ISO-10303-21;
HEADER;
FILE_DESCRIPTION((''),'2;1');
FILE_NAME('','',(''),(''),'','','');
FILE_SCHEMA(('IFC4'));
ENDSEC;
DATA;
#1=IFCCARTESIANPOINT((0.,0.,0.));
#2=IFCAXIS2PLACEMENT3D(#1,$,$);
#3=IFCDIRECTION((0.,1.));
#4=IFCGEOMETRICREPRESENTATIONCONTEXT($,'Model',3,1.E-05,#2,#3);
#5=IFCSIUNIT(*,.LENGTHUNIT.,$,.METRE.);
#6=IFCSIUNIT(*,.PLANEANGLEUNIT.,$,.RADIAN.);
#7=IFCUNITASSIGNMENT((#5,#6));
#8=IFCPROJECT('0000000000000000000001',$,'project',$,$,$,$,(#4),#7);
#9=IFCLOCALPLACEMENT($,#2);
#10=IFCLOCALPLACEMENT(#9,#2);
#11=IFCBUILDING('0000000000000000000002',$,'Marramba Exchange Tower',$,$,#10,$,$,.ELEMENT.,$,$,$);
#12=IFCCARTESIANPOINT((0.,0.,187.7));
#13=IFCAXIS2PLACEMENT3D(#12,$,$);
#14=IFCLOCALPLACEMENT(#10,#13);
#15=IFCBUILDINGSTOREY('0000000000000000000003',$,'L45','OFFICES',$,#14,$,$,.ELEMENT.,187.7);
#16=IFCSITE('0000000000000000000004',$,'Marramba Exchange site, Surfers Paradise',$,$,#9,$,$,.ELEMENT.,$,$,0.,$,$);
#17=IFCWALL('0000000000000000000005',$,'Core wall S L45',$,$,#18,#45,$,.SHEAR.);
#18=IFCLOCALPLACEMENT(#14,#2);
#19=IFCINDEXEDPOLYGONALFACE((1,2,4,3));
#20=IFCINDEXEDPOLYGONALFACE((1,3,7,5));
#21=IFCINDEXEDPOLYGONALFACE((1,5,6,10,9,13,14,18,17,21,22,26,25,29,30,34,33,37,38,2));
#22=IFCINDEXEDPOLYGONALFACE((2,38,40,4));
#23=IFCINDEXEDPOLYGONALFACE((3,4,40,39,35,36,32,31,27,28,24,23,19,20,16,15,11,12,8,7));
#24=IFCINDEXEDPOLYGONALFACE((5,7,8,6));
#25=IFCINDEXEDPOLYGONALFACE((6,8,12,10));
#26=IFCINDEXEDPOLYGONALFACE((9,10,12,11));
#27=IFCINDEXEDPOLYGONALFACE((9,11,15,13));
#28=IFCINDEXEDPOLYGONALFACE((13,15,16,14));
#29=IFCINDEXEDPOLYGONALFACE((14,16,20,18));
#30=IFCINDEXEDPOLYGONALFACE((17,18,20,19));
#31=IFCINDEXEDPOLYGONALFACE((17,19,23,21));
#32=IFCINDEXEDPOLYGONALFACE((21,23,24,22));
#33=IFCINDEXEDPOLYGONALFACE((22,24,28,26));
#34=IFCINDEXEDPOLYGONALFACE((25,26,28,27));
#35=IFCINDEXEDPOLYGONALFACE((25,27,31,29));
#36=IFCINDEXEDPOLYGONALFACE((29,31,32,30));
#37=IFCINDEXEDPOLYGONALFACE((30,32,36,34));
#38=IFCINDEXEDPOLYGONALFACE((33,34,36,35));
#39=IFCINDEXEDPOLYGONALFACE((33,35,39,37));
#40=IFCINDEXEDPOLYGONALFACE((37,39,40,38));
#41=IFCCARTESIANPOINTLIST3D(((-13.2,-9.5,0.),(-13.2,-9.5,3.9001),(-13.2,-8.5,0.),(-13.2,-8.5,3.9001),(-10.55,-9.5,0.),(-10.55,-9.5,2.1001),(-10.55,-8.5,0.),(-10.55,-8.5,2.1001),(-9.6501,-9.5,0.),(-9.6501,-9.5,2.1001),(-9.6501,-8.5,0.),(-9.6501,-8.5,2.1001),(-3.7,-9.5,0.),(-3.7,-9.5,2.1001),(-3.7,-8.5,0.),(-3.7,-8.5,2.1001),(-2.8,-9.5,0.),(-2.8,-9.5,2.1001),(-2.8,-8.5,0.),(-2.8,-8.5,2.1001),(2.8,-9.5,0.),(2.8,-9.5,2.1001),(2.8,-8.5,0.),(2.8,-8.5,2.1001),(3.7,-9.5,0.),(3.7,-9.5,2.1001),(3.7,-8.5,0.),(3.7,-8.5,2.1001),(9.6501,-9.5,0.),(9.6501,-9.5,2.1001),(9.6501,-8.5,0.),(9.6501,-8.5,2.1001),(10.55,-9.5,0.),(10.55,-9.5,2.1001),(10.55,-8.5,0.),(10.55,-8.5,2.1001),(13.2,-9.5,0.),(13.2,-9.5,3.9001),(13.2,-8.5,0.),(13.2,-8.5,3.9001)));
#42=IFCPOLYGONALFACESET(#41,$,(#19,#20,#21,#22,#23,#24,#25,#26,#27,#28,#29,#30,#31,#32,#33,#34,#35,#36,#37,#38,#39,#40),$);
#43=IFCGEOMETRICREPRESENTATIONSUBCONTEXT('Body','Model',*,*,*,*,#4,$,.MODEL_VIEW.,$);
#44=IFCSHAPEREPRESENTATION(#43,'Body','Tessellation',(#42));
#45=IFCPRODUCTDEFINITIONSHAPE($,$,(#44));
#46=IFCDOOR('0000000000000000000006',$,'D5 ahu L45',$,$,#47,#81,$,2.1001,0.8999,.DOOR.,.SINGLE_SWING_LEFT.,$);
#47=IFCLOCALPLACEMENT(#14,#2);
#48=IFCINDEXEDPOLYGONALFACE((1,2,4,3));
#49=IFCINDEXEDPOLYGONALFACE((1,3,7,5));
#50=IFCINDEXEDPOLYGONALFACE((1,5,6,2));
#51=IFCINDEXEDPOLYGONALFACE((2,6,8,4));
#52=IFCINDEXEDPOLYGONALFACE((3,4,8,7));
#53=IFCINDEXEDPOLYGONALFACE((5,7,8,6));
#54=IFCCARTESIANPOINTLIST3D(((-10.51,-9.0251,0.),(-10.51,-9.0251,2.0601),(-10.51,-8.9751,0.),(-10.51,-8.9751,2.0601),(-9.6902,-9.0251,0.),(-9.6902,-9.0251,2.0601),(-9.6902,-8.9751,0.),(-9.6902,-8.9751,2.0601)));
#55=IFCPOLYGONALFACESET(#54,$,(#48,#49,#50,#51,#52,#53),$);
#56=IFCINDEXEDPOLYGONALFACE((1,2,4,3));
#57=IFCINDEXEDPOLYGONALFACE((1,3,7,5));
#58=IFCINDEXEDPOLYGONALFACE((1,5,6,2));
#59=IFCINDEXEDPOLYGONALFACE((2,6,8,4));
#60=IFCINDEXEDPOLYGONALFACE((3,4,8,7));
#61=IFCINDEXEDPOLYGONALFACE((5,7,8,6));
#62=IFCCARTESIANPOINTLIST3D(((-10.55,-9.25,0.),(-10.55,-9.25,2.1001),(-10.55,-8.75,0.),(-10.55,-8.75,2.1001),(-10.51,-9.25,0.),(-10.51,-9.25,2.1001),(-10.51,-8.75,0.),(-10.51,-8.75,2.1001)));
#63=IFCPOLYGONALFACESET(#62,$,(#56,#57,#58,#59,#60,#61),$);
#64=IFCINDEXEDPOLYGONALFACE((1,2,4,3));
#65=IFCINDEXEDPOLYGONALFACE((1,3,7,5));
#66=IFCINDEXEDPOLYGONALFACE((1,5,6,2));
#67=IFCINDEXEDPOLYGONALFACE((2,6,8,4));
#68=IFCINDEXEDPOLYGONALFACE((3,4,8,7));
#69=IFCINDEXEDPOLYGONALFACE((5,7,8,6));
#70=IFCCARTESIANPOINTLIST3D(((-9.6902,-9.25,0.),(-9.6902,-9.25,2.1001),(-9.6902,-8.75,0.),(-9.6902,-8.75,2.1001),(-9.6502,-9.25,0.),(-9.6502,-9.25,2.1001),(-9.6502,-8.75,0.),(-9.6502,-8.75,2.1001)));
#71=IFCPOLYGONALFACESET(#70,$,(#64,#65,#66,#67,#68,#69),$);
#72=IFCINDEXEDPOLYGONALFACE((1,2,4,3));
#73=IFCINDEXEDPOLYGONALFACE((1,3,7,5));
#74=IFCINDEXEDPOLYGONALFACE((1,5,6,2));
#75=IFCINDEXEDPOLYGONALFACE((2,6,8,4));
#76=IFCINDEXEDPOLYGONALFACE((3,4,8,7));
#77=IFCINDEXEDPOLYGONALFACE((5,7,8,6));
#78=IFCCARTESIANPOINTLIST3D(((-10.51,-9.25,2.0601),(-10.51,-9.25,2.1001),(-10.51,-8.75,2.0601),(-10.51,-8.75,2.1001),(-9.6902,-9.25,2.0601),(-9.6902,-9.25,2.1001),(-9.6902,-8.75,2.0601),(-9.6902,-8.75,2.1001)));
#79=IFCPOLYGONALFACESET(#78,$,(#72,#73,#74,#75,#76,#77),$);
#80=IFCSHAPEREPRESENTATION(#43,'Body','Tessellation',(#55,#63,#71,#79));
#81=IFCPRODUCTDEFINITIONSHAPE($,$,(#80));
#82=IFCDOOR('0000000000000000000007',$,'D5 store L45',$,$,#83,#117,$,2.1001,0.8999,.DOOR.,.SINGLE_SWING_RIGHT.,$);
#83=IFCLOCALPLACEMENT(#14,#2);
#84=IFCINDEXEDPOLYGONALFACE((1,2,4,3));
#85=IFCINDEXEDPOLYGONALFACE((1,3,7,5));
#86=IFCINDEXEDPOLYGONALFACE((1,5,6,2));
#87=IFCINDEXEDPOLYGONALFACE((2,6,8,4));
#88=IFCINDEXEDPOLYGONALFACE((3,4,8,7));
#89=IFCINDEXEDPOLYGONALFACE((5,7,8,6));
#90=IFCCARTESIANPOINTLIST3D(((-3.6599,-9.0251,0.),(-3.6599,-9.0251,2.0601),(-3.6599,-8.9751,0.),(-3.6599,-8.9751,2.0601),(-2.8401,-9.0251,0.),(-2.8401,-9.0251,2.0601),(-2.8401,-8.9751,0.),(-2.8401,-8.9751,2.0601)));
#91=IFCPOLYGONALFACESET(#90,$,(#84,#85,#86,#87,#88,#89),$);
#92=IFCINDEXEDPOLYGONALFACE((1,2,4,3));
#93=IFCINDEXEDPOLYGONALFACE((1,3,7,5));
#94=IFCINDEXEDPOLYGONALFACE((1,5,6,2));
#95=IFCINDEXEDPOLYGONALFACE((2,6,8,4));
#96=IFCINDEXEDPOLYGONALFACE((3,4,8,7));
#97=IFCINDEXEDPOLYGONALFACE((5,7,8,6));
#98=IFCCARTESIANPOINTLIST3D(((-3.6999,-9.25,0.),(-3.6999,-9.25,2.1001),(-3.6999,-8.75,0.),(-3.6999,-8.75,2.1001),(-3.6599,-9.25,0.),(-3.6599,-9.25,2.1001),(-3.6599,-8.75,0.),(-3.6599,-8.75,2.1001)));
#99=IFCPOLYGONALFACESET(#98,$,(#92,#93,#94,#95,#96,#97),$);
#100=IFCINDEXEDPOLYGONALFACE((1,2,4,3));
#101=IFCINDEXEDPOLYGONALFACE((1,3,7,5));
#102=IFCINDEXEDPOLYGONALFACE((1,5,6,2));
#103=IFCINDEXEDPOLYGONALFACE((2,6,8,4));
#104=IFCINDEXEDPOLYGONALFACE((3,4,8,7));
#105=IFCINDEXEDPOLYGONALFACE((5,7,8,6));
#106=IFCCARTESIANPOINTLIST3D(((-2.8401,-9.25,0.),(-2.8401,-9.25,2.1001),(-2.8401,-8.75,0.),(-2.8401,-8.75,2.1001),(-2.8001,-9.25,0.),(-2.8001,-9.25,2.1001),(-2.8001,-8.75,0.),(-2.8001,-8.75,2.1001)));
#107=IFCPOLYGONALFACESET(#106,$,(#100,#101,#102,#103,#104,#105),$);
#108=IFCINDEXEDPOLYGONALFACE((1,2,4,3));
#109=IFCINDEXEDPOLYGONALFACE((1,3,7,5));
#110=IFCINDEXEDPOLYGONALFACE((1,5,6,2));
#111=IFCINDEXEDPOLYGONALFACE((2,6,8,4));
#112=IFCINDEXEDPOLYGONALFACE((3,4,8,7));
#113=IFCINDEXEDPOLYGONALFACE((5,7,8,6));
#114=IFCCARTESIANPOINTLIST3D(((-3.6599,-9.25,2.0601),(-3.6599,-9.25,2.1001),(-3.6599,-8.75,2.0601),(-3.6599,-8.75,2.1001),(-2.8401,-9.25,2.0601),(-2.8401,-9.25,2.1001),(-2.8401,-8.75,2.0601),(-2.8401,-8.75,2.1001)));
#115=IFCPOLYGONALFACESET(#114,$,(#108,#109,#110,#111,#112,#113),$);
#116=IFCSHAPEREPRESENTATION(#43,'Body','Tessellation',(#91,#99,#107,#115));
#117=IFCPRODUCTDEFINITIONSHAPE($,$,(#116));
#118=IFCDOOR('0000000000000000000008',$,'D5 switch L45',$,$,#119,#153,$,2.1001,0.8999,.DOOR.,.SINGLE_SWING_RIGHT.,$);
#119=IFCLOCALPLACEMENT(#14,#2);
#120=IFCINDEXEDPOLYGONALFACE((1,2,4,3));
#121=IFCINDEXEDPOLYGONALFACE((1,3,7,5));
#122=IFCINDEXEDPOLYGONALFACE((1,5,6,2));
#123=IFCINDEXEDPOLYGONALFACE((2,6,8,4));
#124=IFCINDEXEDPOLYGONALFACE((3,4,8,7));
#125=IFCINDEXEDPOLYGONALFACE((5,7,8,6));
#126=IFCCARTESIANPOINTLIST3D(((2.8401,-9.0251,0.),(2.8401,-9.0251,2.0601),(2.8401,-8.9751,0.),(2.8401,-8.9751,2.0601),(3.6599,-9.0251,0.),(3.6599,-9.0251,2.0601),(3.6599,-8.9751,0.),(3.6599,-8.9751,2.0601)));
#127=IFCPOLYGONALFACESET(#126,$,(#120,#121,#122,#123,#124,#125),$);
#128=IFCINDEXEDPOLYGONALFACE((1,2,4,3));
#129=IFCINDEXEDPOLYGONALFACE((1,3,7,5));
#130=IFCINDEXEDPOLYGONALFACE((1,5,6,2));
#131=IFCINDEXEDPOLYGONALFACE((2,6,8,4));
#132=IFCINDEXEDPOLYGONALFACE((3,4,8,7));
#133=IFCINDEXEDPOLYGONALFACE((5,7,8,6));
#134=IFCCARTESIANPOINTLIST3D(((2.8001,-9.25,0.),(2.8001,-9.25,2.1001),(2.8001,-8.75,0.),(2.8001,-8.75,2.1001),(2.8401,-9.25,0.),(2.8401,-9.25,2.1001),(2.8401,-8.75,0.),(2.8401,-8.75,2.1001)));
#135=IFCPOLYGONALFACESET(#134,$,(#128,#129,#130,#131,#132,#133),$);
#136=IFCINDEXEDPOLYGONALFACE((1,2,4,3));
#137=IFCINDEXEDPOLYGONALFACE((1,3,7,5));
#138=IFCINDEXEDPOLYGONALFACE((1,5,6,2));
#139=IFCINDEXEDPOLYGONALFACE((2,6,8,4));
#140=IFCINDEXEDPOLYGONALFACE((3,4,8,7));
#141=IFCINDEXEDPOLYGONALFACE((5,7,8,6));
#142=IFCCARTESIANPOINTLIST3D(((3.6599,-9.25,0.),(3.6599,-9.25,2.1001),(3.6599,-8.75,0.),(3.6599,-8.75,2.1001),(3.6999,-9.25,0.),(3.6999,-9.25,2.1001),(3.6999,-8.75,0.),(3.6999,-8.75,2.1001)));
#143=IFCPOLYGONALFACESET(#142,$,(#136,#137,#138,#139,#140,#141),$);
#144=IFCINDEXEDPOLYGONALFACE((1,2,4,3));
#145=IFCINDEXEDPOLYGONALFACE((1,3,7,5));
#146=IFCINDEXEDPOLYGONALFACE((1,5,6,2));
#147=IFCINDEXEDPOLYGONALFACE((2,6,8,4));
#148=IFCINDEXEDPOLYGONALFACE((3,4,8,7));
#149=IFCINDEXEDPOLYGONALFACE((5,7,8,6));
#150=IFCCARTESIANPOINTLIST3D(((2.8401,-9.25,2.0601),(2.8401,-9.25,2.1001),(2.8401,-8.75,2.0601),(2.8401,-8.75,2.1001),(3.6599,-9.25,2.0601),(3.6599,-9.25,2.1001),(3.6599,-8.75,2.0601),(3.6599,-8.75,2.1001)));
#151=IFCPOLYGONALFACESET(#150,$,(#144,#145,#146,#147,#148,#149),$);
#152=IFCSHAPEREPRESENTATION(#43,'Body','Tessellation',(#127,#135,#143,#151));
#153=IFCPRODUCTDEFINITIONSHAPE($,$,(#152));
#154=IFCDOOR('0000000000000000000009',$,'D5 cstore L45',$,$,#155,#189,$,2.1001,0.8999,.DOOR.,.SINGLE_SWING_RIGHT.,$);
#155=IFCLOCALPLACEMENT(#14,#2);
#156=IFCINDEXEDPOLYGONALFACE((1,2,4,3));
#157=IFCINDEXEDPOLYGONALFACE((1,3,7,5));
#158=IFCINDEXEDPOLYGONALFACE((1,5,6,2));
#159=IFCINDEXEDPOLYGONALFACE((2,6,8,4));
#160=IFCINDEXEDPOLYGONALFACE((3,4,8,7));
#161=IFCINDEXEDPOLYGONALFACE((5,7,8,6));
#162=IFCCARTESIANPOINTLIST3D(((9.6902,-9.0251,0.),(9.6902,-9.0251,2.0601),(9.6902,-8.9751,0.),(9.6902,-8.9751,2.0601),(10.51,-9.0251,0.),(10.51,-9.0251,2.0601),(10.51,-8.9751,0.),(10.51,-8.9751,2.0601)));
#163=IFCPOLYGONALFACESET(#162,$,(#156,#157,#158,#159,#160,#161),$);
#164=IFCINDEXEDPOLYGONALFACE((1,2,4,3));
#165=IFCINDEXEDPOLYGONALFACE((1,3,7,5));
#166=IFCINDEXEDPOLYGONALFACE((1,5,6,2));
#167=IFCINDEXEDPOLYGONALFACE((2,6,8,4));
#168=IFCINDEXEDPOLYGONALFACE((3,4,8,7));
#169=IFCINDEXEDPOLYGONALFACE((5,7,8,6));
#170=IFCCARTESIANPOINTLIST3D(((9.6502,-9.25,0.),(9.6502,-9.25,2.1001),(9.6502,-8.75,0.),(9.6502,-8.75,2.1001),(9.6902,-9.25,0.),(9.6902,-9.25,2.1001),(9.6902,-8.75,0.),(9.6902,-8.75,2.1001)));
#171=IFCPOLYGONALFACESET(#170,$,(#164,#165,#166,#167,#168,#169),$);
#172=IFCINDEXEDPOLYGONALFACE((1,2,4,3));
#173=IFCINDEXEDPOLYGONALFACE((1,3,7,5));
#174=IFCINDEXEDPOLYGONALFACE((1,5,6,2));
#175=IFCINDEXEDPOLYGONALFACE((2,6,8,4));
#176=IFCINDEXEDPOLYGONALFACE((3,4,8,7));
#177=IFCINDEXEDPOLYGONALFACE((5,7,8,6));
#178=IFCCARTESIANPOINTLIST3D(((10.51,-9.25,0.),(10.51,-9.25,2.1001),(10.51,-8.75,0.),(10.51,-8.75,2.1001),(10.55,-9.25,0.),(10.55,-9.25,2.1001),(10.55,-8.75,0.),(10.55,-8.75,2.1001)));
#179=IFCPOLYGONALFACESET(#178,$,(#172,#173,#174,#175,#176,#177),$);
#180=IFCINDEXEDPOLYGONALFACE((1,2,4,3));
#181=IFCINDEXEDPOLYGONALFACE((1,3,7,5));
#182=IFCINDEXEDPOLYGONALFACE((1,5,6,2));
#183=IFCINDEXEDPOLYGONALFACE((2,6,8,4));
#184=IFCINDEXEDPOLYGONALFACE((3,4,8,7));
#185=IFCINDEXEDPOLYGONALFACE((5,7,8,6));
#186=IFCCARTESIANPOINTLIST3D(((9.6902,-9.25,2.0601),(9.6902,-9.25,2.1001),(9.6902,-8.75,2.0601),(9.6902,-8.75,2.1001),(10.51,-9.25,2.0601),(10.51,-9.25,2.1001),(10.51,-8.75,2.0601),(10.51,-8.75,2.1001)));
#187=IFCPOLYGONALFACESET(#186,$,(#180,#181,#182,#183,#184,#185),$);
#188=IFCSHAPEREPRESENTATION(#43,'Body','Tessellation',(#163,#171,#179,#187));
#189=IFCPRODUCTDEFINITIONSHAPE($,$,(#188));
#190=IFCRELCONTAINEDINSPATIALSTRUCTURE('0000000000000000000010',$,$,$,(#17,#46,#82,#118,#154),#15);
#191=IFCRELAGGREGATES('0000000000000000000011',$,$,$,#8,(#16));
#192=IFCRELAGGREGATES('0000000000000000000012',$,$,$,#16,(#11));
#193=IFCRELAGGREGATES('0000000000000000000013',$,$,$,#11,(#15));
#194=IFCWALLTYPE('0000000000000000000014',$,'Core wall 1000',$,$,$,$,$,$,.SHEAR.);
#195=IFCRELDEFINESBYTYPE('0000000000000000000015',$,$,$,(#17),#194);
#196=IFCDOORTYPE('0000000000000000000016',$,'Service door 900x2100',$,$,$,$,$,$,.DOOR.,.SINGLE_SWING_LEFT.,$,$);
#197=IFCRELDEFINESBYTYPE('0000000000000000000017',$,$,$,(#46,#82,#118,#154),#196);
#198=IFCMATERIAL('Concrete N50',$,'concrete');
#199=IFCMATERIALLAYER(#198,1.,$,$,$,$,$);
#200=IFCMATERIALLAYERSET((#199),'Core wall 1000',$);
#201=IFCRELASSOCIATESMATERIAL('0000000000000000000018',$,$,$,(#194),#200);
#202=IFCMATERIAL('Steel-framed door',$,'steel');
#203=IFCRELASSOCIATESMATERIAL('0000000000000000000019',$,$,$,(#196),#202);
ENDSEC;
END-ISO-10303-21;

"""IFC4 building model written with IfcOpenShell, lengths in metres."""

from ifc_helpers import new_model, si_unit, direction, frame, frame_2d, origin, place, context, subcontext, project, spatial, rectangle, extrude, material, layer, layer_set, type_object, element, fill, save


model = new_model("IFC4")

# Units and contexts
model_context = context("Model", 3, precision=1e-05, world=origin(), true_north=direction((0.0, 1.0)))
body_context = subcontext(model_context, "Body", "Model", "MODEL_VIEW")
ifc_project = project(units=[si_unit("LENGTHUNIT", "METRE"), si_unit("PLANEANGLEUNIT", "RADIAN")], contexts=[model_context])

# Site, building, storey
site_placement = place(None, origin())
site = spatial("IfcSite", under=ifc_project, at=site_placement, Name="Marramba Exchange site, Surfers Paradise", CompositionType="ELEMENT", RefElevation=0.0)
building_placement = place(site_placement, origin())
building = spatial("IfcBuilding", under=site, at=building_placement, Name="Marramba Exchange Tower", CompositionType="ELEMENT")
storey_placement = place(building_placement, frame((0.0, 0.0, 187.7)))
storey = spatial("IfcBuildingStorey", under=building, at=storey_placement, Name="L45", Description="OFFICES", CompositionType="ELEMENT", Elevation=187.7)

# Shared definitions
ifc_material_1 = material(Name="Concrete N50", Category="concrete")

# Wall, openings, doors
ifc_layer_1 = layer(ifc_material_1, 1.0)
ifc_layer_set_1 = layer_set([ifc_layer_1], Name="Core wall 1000")
wall_type = type_object("IfcWallType", Name="Core wall 1000", PredefinedType="SHEAR", material=ifc_layer_set_1)
wall_placement = place(storey_placement, frame((-13.2, -9.0, 0.0), z_axis=(0.0, 0.0, 1.0), x_axis=(1.0, 0.0, 0.0)))
wall = element("IfcWall", 1, at=wall_placement, inside=storey, type_object=wall_type, Name="Core wall S L45", PredefinedType="SHEAR", context=body_context, shape_type="SweptSolid", body=[
    extrude(rectangle(XDim=26.3999, YDim=1.0, at=frame_2d((13.2, 0.0))), origin(), (0.0, 0.0, 1.0), 3.9001),
])
opening_1_placement = place(wall_placement, frame((2.6499, 0.0, 0.0)))
opening_1 = element("IfcOpeningElement", 2, at=opening_1_placement, cuts=wall, PredefinedType="OPENING", context=body_context, shape_type="SweptSolid", body=[
    extrude(rectangle(XDim=0.8999, YDim=2.1001, at=frame_2d((0.45, 1.05))), frame((0.0, 0.51, 0.0), z_axis=(0.0, -1.0, 0.0), x_axis=(1.0, 0.0, 0.0)), (0.0, 0.0, 1.0), 1.02),
])
opening_2_placement = place(wall_placement, frame((9.5, 0.0, 0.0)))
opening_2 = element("IfcOpeningElement", 3, at=opening_2_placement, cuts=wall, PredefinedType="OPENING", context=body_context, shape_type="SweptSolid", body=[
    extrude(rectangle(XDim=0.8999, YDim=2.1001, at=frame_2d((0.45, 1.05))), frame((0.0, 0.51, 0.0), z_axis=(0.0, -1.0, 0.0), x_axis=(1.0, 0.0, 0.0)), (0.0, 0.0, 1.0), 1.02),
])
opening_3_placement = place(wall_placement, frame((16.0, 0.0, 0.0)))
opening_3 = element("IfcOpeningElement", 4, at=opening_3_placement, cuts=wall, PredefinedType="OPENING", context=body_context, shape_type="SweptSolid", body=[
    extrude(rectangle(XDim=0.8999, YDim=2.1001, at=frame_2d((0.45, 1.05))), frame((0.0, 0.51, 0.0), z_axis=(0.0, -1.0, 0.0), x_axis=(1.0, 0.0, 0.0)), (0.0, 0.0, 1.0), 1.02),
])
opening_4_placement = place(wall_placement, frame((22.8501, 0.0, 0.0)))
opening_4 = element("IfcOpeningElement", 5, at=opening_4_placement, cuts=wall, PredefinedType="OPENING", context=body_context, shape_type="SweptSolid", body=[
    extrude(rectangle(XDim=0.8999, YDim=2.1001, at=frame_2d((0.45, 1.05))), frame((0.0, 0.51, 0.0), z_axis=(0.0, -1.0, 0.0), x_axis=(1.0, 0.0, 0.0)), (0.0, 0.0, 1.0), 1.02),
])
ifc_material_2 = material(Name="Steel-framed door", Category="steel")
door_type = type_object("IfcDoorType", Name="Service door 900x2100", OperationType="SINGLE_SWING_LEFT", PredefinedType="DOOR", material=ifc_material_2)
door_1_placement = place(opening_1_placement, origin())
door_1 = element("IfcDoor", 6, at=door_1_placement, inside=storey, type_object=door_type, Name="D5 ahu L45", OperationType="SINGLE_SWING_LEFT", OverallHeight=2.1001, OverallWidth=0.8999, PredefinedType="DOOR", context=body_context, shape_type="SweptSolid", body=[
    extrude(rectangle(XDim=0.8198, YDim=2.0601, at=frame_2d((0.45, 1.03))), frame((0.0, 0.0249, 0.0), z_axis=(0.0, -1.0, 0.0), x_axis=(1.0, 0.0, 0.0)), (0.0, 0.0, 1.0), 0.05),
    extrude(rectangle(XDim=0.04, YDim=2.1001, at=frame_2d((0.02, 1.05))), frame((0.0, 0.25, 0.0), z_axis=(0.0, -1.0, 0.0), x_axis=(1.0, 0.0, 0.0)), (0.0, 0.0, 1.0), 0.5),
    extrude(rectangle(XDim=0.04, YDim=2.1001, at=frame_2d((0.8799, 1.05))), frame((0.0, 0.25, 0.0), z_axis=(0.0, -1.0, 0.0), x_axis=(1.0, 0.0, 0.0)), (0.0, 0.0, 1.0), 0.5),
    extrude(rectangle(XDim=0.8198, YDim=0.04, at=frame_2d((0.45, 2.0801))), frame((0.0, 0.25, 0.0), z_axis=(0.0, -1.0, 0.0), x_axis=(1.0, 0.0, 0.0)), (0.0, 0.0, 1.0), 0.5),
])
fill(opening_1, door_1)
door_2_placement = place(opening_2_placement, origin())
door_2 = element("IfcDoor", 7, at=door_2_placement, inside=storey, type_object=door_type, Name="D5 store L45", OperationType="SINGLE_SWING_RIGHT", OverallHeight=2.1001, OverallWidth=0.8999, PredefinedType="DOOR", context=body_context, shape_type="SweptSolid", body=[
    extrude(rectangle(XDim=0.8198, YDim=2.0601, at=frame_2d((0.45, 1.03))), frame((0.0, 0.0249, 0.0), z_axis=(0.0, -1.0, 0.0), x_axis=(1.0, 0.0, 0.0)), (0.0, 0.0, 1.0), 0.05),
    extrude(rectangle(XDim=0.04, YDim=2.1001, at=frame_2d((0.02, 1.05))), frame((0.0, 0.25, 0.0), z_axis=(0.0, -1.0, 0.0), x_axis=(1.0, 0.0, 0.0)), (0.0, 0.0, 1.0), 0.5),
    extrude(rectangle(XDim=0.04, YDim=2.1001, at=frame_2d((0.8799, 1.05))), frame((0.0, 0.25, 0.0), z_axis=(0.0, -1.0, 0.0), x_axis=(1.0, 0.0, 0.0)), (0.0, 0.0, 1.0), 0.5),
    extrude(rectangle(XDim=0.8198, YDim=0.04, at=frame_2d((0.45, 2.0801))), frame((0.0, 0.25, 0.0), z_axis=(0.0, -1.0, 0.0), x_axis=(1.0, 0.0, 0.0)), (0.0, 0.0, 1.0), 0.5),
])
fill(opening_2, door_2)
door_3_placement = place(opening_3_placement, origin())
door_3 = element("IfcDoor", 8, at=door_3_placement, inside=storey, type_object=door_type, Name="D5 switch L45", OperationType="SINGLE_SWING_RIGHT", OverallHeight=2.1001, OverallWidth=0.8999, PredefinedType="DOOR", context=body_context, shape_type="SweptSolid", body=[
    extrude(rectangle(XDim=0.8198, YDim=2.0601, at=frame_2d((0.45, 1.03))), frame((0.0, 0.0249, 0.0), z_axis=(0.0, -1.0, 0.0), x_axis=(1.0, 0.0, 0.0)), (0.0, 0.0, 1.0), 0.05),
    extrude(rectangle(XDim=0.04, YDim=2.1001, at=frame_2d((0.02, 1.05))), frame((0.0, 0.25, 0.0), z_axis=(0.0, -1.0, 0.0), x_axis=(1.0, 0.0, 0.0)), (0.0, 0.0, 1.0), 0.5),
    extrude(rectangle(XDim=0.04, YDim=2.1001, at=frame_2d((0.8799, 1.05))), frame((0.0, 0.25, 0.0), z_axis=(0.0, -1.0, 0.0), x_axis=(1.0, 0.0, 0.0)), (0.0, 0.0, 1.0), 0.5),
    extrude(rectangle(XDim=0.8198, YDim=0.04, at=frame_2d((0.45, 2.0801))), frame((0.0, 0.25, 0.0), z_axis=(0.0, -1.0, 0.0), x_axis=(1.0, 0.0, 0.0)), (0.0, 0.0, 1.0), 0.5),
])
fill(opening_3, door_3)
door_4_placement = place(opening_4_placement, origin())
door_4 = element("IfcDoor", 9, at=door_4_placement, inside=storey, type_object=door_type, Name="D5 cstore L45", OperationType="SINGLE_SWING_RIGHT", OverallHeight=2.1001, OverallWidth=0.8999, PredefinedType="DOOR", context=body_context, shape_type="SweptSolid", body=[
    extrude(rectangle(XDim=0.8198, YDim=2.0601, at=frame_2d((0.45, 1.03))), frame((0.0, 0.0249, 0.0), z_axis=(0.0, -1.0, 0.0), x_axis=(1.0, 0.0, 0.0)), (0.0, 0.0, 1.0), 0.05),
    extrude(rectangle(XDim=0.04, YDim=2.1001, at=frame_2d((0.02, 1.05))), frame((0.0, 0.25, 0.0), z_axis=(0.0, -1.0, 0.0), x_axis=(1.0, 0.0, 0.0)), (0.0, 0.0, 1.0), 0.5),
    extrude(rectangle(XDim=0.04, YDim=2.1001, at=frame_2d((0.8799, 1.05))), frame((0.0, 0.25, 0.0), z_axis=(0.0, -1.0, 0.0), x_axis=(1.0, 0.0, 0.0)), (0.0, 0.0, 1.0), 0.5),
    extrude(rectangle(XDim=0.8198, YDim=0.04, at=frame_2d((0.45, 2.0801))), frame((0.0, 0.25, 0.0), z_axis=(0.0, -1.0, 0.0), x_axis=(1.0, 0.0, 0.0)), (0.0, 0.0, 1.0), 0.5),
])
fill(opening_4, door_4)

save(model, "model.ifc")
